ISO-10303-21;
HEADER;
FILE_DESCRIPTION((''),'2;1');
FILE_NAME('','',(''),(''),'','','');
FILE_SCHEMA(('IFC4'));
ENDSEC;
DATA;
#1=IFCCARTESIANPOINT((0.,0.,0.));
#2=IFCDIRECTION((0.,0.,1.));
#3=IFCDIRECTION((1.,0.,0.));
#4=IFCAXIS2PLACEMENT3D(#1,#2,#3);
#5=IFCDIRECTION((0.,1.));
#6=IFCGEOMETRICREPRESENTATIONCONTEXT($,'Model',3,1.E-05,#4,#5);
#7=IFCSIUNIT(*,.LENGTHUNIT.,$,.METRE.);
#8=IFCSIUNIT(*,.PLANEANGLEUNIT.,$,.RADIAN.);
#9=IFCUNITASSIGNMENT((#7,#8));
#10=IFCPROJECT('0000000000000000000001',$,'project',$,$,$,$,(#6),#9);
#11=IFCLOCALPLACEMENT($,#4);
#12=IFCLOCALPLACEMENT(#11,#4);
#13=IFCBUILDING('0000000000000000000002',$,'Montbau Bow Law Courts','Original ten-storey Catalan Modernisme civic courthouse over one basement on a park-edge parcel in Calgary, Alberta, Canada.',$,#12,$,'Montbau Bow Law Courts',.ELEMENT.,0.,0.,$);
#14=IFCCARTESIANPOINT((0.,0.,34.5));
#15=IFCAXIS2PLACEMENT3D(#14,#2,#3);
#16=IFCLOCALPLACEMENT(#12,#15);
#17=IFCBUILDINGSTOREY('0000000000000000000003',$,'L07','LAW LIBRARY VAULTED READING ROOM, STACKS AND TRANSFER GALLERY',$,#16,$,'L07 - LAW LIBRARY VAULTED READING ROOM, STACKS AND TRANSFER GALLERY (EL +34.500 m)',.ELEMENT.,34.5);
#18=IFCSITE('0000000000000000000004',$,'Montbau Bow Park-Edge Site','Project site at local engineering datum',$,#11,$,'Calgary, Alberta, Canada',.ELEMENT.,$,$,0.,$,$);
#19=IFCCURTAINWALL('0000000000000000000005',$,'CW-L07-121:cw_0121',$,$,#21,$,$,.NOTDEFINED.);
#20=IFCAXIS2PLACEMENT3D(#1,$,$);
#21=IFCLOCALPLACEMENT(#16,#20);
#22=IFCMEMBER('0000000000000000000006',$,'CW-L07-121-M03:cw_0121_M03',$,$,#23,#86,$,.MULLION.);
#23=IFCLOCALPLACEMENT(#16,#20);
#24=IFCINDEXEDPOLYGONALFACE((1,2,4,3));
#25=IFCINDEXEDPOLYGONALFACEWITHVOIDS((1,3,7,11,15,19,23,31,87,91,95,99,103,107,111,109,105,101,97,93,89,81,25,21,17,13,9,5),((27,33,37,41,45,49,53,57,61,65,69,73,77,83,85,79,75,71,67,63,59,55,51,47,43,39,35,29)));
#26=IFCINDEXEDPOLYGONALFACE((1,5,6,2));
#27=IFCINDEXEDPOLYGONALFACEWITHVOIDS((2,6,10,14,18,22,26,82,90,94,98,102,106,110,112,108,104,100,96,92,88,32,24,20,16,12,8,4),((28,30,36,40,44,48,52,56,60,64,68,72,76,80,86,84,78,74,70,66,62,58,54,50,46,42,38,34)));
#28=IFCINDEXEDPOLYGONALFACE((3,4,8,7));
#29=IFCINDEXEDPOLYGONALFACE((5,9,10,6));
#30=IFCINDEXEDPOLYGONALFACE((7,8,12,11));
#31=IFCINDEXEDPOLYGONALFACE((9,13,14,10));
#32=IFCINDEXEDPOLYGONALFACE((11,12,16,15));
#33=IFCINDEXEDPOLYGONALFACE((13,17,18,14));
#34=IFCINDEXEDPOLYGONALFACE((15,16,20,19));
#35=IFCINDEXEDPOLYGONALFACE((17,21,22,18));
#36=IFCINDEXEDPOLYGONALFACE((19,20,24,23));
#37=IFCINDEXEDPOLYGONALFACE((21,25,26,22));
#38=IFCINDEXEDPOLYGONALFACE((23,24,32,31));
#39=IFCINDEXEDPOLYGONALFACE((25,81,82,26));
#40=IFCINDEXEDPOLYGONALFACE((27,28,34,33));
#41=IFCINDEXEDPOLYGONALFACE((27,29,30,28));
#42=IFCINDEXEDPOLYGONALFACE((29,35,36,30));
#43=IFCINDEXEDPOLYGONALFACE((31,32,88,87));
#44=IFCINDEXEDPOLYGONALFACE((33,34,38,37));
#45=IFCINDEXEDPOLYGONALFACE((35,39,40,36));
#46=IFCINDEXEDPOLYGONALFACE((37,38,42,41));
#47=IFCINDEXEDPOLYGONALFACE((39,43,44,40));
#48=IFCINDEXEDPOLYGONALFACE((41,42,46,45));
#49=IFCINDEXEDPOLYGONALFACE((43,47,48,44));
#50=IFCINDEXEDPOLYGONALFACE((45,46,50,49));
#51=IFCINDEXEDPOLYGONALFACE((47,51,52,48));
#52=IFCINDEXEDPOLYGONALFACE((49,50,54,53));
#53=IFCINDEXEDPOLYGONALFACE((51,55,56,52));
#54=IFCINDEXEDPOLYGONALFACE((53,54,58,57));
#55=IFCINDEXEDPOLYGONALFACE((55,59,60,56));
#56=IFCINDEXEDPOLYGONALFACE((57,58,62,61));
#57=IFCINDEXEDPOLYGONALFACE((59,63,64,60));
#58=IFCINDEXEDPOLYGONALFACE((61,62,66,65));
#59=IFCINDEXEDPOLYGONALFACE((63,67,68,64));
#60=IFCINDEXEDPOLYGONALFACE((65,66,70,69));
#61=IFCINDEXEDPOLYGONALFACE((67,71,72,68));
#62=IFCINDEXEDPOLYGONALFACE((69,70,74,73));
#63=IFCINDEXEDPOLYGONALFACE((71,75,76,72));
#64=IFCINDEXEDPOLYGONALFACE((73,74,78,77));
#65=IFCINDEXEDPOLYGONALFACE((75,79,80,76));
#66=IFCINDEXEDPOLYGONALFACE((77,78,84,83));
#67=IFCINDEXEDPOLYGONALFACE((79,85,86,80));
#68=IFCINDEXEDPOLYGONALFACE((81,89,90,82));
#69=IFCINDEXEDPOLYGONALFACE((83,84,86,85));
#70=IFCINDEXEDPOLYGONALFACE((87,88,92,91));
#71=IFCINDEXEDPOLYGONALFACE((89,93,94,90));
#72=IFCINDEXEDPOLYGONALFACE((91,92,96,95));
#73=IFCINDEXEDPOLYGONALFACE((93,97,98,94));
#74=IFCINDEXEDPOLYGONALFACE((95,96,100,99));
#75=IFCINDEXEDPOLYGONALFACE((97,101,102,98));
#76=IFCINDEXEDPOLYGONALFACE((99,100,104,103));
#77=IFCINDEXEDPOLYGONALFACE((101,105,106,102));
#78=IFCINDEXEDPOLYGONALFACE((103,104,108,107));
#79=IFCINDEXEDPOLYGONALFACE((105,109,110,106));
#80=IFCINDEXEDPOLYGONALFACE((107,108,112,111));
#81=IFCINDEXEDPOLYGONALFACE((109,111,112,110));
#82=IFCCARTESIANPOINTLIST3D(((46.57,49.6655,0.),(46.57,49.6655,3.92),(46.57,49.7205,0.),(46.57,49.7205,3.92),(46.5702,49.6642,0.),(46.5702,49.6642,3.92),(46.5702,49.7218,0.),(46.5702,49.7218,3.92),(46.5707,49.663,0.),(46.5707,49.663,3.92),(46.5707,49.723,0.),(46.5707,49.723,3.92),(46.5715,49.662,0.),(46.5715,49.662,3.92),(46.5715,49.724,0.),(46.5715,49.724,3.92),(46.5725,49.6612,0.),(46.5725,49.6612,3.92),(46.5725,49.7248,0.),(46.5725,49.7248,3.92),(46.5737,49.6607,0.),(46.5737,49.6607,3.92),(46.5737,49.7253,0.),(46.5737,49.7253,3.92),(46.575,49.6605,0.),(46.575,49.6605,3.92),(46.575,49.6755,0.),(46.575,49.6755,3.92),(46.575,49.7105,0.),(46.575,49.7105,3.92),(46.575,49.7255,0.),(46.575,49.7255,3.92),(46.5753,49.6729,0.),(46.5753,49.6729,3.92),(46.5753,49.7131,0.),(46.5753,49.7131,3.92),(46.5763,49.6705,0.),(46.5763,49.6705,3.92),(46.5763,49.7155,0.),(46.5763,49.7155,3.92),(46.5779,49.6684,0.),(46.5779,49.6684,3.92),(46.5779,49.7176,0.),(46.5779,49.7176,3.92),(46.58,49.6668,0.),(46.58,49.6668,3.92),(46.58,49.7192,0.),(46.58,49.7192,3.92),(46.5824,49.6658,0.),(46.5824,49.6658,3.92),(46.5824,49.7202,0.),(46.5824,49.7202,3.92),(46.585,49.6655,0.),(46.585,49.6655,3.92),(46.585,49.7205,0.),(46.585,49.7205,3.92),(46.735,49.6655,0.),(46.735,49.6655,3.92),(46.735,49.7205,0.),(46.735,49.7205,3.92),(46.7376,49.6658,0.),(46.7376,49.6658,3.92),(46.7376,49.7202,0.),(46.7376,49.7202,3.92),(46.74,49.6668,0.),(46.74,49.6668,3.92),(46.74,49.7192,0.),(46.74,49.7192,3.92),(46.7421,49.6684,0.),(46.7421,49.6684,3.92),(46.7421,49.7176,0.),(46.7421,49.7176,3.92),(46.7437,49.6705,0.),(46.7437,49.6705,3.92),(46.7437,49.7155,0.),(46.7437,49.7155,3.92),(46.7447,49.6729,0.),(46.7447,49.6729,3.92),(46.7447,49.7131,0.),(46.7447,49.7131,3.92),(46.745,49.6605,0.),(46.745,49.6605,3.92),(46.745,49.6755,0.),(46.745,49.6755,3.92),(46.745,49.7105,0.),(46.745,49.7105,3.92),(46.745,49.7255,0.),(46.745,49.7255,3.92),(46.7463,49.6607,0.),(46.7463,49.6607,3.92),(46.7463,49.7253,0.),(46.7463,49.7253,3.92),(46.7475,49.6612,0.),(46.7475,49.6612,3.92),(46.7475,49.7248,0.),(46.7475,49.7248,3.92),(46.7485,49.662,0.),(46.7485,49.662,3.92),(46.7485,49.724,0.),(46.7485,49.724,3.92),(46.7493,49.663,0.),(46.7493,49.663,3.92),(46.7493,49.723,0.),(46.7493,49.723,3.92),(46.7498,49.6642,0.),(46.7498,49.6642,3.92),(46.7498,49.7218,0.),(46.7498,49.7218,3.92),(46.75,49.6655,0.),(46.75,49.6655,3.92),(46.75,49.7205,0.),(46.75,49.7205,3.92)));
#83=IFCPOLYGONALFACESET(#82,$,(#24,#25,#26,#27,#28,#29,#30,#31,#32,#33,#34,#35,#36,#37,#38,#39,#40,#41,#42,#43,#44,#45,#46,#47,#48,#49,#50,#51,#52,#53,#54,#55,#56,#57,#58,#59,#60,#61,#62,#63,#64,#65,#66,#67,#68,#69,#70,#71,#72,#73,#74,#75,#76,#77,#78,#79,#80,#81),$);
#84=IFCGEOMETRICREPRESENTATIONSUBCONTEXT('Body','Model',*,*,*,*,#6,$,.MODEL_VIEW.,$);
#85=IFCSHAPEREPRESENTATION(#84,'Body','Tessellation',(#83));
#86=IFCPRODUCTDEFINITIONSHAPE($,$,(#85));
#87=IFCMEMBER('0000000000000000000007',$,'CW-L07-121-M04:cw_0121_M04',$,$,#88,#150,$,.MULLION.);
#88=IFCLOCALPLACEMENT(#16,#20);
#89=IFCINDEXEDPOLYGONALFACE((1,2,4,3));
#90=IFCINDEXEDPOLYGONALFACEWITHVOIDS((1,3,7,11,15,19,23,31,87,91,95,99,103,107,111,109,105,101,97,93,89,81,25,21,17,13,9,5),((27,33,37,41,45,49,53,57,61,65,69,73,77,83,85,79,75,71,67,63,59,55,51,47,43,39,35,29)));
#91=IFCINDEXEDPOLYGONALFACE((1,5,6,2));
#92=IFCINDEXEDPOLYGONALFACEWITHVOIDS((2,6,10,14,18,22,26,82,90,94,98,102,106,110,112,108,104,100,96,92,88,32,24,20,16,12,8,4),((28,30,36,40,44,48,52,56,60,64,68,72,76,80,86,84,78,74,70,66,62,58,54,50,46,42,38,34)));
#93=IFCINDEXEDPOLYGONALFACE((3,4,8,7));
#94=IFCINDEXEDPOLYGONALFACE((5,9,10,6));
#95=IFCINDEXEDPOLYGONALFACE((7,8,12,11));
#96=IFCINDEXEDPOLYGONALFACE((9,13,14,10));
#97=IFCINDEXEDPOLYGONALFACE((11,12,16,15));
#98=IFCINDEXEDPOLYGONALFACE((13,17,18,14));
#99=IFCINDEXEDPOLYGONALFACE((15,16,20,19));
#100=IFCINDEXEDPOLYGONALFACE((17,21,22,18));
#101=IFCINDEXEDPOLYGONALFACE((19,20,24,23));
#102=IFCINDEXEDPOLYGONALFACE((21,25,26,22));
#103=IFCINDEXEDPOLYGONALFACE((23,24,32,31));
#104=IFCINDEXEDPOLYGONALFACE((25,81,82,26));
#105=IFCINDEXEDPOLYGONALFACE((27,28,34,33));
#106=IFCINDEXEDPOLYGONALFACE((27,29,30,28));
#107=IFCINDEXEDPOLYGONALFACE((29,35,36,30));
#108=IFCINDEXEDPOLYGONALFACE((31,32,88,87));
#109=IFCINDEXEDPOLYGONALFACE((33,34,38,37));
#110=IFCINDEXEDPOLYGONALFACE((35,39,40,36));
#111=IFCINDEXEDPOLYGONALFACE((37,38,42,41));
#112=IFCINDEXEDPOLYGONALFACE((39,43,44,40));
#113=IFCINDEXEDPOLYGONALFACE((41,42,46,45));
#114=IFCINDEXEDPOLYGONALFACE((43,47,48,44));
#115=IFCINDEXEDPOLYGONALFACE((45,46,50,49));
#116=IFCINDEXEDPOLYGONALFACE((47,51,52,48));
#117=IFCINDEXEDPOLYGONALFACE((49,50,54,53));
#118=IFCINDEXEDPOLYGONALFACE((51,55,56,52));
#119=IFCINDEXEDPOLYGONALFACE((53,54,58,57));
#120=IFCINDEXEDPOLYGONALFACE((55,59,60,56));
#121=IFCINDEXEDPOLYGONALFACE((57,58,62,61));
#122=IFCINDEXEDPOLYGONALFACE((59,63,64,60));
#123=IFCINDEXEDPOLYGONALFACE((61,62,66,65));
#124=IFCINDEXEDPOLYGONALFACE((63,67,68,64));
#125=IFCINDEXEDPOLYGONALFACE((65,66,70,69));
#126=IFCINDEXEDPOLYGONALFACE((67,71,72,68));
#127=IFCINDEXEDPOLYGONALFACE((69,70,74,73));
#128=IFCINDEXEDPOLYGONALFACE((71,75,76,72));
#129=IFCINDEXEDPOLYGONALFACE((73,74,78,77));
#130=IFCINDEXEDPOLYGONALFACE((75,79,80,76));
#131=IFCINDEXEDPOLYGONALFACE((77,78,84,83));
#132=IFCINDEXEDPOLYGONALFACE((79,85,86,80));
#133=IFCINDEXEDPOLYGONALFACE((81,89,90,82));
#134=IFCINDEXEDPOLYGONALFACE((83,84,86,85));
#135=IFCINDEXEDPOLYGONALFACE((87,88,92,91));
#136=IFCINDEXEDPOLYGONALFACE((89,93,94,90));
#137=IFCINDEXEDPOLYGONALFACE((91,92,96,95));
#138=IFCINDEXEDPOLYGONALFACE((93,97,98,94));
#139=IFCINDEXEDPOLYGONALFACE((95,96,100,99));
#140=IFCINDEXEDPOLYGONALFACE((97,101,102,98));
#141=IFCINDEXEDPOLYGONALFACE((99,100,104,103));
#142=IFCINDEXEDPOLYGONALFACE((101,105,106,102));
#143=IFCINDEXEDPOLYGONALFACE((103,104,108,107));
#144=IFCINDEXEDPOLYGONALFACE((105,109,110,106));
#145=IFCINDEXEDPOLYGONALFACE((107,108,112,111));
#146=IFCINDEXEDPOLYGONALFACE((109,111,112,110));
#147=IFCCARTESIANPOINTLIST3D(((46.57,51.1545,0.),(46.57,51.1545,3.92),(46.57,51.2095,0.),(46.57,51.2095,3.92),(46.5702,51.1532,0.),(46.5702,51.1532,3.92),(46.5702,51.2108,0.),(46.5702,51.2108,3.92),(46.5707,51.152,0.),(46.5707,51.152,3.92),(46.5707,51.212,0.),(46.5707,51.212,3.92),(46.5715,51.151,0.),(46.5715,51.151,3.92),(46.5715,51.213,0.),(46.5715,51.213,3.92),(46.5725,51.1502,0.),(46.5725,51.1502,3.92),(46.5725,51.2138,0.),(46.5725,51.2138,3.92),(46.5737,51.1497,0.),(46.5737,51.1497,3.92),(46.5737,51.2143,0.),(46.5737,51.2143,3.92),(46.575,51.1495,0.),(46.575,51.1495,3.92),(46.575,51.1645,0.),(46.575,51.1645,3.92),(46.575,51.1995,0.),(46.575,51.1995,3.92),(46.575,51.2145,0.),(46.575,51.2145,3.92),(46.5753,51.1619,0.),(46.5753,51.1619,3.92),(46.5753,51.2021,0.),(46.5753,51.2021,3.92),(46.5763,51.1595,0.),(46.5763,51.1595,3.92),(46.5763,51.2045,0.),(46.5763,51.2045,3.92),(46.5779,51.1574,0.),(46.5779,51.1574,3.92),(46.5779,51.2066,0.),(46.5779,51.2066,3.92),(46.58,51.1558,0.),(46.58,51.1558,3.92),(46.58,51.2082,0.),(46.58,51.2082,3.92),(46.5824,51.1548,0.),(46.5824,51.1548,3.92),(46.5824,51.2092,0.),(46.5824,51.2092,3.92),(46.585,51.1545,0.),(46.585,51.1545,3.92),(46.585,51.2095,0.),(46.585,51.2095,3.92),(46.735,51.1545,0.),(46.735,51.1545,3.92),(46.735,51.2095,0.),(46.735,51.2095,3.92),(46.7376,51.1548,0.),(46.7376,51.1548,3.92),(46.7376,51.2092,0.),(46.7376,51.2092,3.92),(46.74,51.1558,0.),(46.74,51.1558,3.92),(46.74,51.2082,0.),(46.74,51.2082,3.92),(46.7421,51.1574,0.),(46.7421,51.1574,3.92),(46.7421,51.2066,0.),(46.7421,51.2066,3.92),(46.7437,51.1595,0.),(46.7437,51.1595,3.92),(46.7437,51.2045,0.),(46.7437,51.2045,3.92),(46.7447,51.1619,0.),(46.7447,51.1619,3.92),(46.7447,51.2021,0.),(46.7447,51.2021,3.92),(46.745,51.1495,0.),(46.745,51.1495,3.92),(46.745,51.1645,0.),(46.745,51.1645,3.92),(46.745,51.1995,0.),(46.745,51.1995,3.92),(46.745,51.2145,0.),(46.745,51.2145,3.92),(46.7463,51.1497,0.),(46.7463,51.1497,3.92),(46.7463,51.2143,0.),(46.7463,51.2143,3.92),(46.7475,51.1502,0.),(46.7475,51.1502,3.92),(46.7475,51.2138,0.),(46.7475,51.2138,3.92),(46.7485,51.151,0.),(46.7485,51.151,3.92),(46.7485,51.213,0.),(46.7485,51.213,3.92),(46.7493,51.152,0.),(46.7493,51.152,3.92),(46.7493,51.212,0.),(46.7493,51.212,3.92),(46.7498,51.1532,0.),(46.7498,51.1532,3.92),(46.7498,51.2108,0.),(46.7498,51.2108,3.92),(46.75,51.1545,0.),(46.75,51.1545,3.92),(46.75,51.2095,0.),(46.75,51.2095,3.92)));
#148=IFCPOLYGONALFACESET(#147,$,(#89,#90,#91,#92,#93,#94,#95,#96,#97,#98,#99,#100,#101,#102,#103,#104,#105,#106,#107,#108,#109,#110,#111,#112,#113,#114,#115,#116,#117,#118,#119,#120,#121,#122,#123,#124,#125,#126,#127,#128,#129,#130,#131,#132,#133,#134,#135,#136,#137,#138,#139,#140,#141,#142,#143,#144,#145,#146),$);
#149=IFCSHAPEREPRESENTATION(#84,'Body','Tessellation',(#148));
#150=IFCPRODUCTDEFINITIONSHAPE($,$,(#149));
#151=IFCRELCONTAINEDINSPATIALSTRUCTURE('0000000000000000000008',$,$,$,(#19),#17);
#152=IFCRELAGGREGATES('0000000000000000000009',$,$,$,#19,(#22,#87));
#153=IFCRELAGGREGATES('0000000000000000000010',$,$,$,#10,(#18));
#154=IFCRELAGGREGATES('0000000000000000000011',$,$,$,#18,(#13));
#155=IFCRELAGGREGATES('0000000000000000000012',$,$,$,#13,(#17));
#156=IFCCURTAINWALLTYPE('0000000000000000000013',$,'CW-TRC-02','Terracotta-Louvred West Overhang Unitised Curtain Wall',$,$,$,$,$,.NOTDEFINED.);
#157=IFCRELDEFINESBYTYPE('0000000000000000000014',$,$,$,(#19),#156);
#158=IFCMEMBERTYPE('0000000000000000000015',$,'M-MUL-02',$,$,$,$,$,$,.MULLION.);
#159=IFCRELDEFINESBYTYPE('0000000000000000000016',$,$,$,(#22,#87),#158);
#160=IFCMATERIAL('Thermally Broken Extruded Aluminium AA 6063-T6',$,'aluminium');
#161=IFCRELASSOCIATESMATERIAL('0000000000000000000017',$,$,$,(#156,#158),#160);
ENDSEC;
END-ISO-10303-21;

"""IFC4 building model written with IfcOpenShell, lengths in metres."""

from ifc_helpers import new_model, si_unit, direction, frame, origin_with_axes, origin_2d_with_axis, place, context, subcontext, project, spatial, hollow_rectangle, extrude, material, material_profile, profile_set, type_object, element, aggregate, save


model = new_model("IFC4")

# Units and contexts
model_context = context("Model", 3, precision=1e-05, world=origin_with_axes(), true_north=direction((0.0, 1.0)))
body_context = subcontext(model_context, "Body", "Model", "MODEL_VIEW")
ifc_project = project(units=[si_unit("LENGTHUNIT", "METRE"), si_unit("PLANEANGLEUNIT", "RADIAN")], contexts=[model_context])

# Site, building, storey
site_placement = place(None, origin_with_axes())
site = spatial("IfcSite", under=ifc_project, at=site_placement, Name="Montbau Bow Park-Edge Site", Description="Project site at local engineering datum", LongName="Calgary, Alberta, Canada", CompositionType="ELEMENT", RefElevation=0.0)
building_placement = place(site_placement, origin_with_axes())
building = spatial("IfcBuilding", under=site, at=building_placement, Name="Montbau Bow Law Courts", Description="Original ten-storey Catalan Modernisme civic courthouse over one basement on a park-edge parcel in Calgary, Alberta, Canada.", LongName="Montbau Bow Law Courts", CompositionType="ELEMENT", ElevationOfRefHeight=0.0, ElevationOfTerrain=0.0)
storey_placement = place(building_placement, frame((0.0, 0.0, 34.5), z_axis=(0.0, 0.0, 1.0), x_axis=(1.0, 0.0, 0.0)))
storey = spatial("IfcBuildingStorey", under=building, at=storey_placement, Name="L07", Description="LAW LIBRARY VAULTED READING ROOM, STACKS AND TRANSFER GALLERY", LongName="L07 - LAW LIBRARY VAULTED READING ROOM, STACKS AND TRANSFER GALLERY (EL +34.500 m)", CompositionType="ELEMENT", Elevation=34.5)

# Shared definitions
ifc_material_1 = material(Name="Thermally Broken Extruded Aluminium AA 6063-T6", Category="aluminium")
curtain_wall_type = type_object("IfcCurtainWallType", Name="CW-TRC-02", Description="Terracotta-Louvred West Overhang Unitised Curtain Wall", PredefinedType="NOTDEFINED", material=ifc_material_1)

# Curtain wall, members
curtain_wall_1_placement = place(None, frame((46.66, 46.715, 34.5), z_axis=(0.0, 0.0, 1.0), x_axis=(1.0, 0.0, 0.0)))
curtain_wall_1 = element("IfcCurtainWall", 1, at=curtain_wall_1_placement, inside=storey, type_object=curtain_wall_type, Name="CW-L07-121:cw_0121", PredefinedType="NOTDEFINED")
ifc_material_profile_1 = material_profile(ifc_material_1, hollow_rectangle(XDim=0.065, YDim=0.18, WallThickness=0.005, InnerFilletRadius=0.01, OuterFilletRadius=0.005, at=origin_2d_with_axis()), Name="CWM-180X65", Category="Main", Priority=0)
ifc_profile_set_1 = profile_set([ifc_material_profile_1], Name="Thermally Broken Extruded Aluminium AA 6063-T6")
member_type_1 = type_object("IfcMemberType", Name="M-MUL-02", PredefinedType="MULLION", material=ifc_profile_set_1)
member_1_placement = place(None, frame((46.66, 49.693, 34.5), z_axis=(0.0, 0.0, 1.0), x_axis=(0.0, 1.0, 0.0)))
member_1 = element("IfcMember", 2, at=member_1_placement, type_object=member_type_1, Name="CW-L07-121-M03:cw_0121_M03", PredefinedType="MULLION", context=body_context, shape_type="SweptSolid", body=[
    extrude(hollow_rectangle(XDim=0.065, YDim=0.18, WallThickness=0.005, InnerFilletRadius=0.01, OuterFilletRadius=0.005, at=origin_2d_with_axis()), origin_with_axes(), (0.0, 0.0, 1.0), 3.92),
])
member_2_placement = place(None, frame((46.66, 51.182, 34.5), z_axis=(0.0, 0.0, 1.0), x_axis=(0.0, 1.0, 0.0)))
member_2 = element("IfcMember", 3, at=member_2_placement, type_object=member_type_1, Name="CW-L07-121-M04:cw_0121_M04", PredefinedType="MULLION", context=body_context, shape_type="SweptSolid", body=[
    extrude(hollow_rectangle(XDim=0.065, YDim=0.18, WallThickness=0.005, InnerFilletRadius=0.01, OuterFilletRadius=0.005, at=origin_2d_with_axis()), origin_with_axes(), (0.0, 0.0, 1.0), 3.92),
])

aggregate(curtain_wall_1, [member_1, member_2])

save(model, "model.ifc")
